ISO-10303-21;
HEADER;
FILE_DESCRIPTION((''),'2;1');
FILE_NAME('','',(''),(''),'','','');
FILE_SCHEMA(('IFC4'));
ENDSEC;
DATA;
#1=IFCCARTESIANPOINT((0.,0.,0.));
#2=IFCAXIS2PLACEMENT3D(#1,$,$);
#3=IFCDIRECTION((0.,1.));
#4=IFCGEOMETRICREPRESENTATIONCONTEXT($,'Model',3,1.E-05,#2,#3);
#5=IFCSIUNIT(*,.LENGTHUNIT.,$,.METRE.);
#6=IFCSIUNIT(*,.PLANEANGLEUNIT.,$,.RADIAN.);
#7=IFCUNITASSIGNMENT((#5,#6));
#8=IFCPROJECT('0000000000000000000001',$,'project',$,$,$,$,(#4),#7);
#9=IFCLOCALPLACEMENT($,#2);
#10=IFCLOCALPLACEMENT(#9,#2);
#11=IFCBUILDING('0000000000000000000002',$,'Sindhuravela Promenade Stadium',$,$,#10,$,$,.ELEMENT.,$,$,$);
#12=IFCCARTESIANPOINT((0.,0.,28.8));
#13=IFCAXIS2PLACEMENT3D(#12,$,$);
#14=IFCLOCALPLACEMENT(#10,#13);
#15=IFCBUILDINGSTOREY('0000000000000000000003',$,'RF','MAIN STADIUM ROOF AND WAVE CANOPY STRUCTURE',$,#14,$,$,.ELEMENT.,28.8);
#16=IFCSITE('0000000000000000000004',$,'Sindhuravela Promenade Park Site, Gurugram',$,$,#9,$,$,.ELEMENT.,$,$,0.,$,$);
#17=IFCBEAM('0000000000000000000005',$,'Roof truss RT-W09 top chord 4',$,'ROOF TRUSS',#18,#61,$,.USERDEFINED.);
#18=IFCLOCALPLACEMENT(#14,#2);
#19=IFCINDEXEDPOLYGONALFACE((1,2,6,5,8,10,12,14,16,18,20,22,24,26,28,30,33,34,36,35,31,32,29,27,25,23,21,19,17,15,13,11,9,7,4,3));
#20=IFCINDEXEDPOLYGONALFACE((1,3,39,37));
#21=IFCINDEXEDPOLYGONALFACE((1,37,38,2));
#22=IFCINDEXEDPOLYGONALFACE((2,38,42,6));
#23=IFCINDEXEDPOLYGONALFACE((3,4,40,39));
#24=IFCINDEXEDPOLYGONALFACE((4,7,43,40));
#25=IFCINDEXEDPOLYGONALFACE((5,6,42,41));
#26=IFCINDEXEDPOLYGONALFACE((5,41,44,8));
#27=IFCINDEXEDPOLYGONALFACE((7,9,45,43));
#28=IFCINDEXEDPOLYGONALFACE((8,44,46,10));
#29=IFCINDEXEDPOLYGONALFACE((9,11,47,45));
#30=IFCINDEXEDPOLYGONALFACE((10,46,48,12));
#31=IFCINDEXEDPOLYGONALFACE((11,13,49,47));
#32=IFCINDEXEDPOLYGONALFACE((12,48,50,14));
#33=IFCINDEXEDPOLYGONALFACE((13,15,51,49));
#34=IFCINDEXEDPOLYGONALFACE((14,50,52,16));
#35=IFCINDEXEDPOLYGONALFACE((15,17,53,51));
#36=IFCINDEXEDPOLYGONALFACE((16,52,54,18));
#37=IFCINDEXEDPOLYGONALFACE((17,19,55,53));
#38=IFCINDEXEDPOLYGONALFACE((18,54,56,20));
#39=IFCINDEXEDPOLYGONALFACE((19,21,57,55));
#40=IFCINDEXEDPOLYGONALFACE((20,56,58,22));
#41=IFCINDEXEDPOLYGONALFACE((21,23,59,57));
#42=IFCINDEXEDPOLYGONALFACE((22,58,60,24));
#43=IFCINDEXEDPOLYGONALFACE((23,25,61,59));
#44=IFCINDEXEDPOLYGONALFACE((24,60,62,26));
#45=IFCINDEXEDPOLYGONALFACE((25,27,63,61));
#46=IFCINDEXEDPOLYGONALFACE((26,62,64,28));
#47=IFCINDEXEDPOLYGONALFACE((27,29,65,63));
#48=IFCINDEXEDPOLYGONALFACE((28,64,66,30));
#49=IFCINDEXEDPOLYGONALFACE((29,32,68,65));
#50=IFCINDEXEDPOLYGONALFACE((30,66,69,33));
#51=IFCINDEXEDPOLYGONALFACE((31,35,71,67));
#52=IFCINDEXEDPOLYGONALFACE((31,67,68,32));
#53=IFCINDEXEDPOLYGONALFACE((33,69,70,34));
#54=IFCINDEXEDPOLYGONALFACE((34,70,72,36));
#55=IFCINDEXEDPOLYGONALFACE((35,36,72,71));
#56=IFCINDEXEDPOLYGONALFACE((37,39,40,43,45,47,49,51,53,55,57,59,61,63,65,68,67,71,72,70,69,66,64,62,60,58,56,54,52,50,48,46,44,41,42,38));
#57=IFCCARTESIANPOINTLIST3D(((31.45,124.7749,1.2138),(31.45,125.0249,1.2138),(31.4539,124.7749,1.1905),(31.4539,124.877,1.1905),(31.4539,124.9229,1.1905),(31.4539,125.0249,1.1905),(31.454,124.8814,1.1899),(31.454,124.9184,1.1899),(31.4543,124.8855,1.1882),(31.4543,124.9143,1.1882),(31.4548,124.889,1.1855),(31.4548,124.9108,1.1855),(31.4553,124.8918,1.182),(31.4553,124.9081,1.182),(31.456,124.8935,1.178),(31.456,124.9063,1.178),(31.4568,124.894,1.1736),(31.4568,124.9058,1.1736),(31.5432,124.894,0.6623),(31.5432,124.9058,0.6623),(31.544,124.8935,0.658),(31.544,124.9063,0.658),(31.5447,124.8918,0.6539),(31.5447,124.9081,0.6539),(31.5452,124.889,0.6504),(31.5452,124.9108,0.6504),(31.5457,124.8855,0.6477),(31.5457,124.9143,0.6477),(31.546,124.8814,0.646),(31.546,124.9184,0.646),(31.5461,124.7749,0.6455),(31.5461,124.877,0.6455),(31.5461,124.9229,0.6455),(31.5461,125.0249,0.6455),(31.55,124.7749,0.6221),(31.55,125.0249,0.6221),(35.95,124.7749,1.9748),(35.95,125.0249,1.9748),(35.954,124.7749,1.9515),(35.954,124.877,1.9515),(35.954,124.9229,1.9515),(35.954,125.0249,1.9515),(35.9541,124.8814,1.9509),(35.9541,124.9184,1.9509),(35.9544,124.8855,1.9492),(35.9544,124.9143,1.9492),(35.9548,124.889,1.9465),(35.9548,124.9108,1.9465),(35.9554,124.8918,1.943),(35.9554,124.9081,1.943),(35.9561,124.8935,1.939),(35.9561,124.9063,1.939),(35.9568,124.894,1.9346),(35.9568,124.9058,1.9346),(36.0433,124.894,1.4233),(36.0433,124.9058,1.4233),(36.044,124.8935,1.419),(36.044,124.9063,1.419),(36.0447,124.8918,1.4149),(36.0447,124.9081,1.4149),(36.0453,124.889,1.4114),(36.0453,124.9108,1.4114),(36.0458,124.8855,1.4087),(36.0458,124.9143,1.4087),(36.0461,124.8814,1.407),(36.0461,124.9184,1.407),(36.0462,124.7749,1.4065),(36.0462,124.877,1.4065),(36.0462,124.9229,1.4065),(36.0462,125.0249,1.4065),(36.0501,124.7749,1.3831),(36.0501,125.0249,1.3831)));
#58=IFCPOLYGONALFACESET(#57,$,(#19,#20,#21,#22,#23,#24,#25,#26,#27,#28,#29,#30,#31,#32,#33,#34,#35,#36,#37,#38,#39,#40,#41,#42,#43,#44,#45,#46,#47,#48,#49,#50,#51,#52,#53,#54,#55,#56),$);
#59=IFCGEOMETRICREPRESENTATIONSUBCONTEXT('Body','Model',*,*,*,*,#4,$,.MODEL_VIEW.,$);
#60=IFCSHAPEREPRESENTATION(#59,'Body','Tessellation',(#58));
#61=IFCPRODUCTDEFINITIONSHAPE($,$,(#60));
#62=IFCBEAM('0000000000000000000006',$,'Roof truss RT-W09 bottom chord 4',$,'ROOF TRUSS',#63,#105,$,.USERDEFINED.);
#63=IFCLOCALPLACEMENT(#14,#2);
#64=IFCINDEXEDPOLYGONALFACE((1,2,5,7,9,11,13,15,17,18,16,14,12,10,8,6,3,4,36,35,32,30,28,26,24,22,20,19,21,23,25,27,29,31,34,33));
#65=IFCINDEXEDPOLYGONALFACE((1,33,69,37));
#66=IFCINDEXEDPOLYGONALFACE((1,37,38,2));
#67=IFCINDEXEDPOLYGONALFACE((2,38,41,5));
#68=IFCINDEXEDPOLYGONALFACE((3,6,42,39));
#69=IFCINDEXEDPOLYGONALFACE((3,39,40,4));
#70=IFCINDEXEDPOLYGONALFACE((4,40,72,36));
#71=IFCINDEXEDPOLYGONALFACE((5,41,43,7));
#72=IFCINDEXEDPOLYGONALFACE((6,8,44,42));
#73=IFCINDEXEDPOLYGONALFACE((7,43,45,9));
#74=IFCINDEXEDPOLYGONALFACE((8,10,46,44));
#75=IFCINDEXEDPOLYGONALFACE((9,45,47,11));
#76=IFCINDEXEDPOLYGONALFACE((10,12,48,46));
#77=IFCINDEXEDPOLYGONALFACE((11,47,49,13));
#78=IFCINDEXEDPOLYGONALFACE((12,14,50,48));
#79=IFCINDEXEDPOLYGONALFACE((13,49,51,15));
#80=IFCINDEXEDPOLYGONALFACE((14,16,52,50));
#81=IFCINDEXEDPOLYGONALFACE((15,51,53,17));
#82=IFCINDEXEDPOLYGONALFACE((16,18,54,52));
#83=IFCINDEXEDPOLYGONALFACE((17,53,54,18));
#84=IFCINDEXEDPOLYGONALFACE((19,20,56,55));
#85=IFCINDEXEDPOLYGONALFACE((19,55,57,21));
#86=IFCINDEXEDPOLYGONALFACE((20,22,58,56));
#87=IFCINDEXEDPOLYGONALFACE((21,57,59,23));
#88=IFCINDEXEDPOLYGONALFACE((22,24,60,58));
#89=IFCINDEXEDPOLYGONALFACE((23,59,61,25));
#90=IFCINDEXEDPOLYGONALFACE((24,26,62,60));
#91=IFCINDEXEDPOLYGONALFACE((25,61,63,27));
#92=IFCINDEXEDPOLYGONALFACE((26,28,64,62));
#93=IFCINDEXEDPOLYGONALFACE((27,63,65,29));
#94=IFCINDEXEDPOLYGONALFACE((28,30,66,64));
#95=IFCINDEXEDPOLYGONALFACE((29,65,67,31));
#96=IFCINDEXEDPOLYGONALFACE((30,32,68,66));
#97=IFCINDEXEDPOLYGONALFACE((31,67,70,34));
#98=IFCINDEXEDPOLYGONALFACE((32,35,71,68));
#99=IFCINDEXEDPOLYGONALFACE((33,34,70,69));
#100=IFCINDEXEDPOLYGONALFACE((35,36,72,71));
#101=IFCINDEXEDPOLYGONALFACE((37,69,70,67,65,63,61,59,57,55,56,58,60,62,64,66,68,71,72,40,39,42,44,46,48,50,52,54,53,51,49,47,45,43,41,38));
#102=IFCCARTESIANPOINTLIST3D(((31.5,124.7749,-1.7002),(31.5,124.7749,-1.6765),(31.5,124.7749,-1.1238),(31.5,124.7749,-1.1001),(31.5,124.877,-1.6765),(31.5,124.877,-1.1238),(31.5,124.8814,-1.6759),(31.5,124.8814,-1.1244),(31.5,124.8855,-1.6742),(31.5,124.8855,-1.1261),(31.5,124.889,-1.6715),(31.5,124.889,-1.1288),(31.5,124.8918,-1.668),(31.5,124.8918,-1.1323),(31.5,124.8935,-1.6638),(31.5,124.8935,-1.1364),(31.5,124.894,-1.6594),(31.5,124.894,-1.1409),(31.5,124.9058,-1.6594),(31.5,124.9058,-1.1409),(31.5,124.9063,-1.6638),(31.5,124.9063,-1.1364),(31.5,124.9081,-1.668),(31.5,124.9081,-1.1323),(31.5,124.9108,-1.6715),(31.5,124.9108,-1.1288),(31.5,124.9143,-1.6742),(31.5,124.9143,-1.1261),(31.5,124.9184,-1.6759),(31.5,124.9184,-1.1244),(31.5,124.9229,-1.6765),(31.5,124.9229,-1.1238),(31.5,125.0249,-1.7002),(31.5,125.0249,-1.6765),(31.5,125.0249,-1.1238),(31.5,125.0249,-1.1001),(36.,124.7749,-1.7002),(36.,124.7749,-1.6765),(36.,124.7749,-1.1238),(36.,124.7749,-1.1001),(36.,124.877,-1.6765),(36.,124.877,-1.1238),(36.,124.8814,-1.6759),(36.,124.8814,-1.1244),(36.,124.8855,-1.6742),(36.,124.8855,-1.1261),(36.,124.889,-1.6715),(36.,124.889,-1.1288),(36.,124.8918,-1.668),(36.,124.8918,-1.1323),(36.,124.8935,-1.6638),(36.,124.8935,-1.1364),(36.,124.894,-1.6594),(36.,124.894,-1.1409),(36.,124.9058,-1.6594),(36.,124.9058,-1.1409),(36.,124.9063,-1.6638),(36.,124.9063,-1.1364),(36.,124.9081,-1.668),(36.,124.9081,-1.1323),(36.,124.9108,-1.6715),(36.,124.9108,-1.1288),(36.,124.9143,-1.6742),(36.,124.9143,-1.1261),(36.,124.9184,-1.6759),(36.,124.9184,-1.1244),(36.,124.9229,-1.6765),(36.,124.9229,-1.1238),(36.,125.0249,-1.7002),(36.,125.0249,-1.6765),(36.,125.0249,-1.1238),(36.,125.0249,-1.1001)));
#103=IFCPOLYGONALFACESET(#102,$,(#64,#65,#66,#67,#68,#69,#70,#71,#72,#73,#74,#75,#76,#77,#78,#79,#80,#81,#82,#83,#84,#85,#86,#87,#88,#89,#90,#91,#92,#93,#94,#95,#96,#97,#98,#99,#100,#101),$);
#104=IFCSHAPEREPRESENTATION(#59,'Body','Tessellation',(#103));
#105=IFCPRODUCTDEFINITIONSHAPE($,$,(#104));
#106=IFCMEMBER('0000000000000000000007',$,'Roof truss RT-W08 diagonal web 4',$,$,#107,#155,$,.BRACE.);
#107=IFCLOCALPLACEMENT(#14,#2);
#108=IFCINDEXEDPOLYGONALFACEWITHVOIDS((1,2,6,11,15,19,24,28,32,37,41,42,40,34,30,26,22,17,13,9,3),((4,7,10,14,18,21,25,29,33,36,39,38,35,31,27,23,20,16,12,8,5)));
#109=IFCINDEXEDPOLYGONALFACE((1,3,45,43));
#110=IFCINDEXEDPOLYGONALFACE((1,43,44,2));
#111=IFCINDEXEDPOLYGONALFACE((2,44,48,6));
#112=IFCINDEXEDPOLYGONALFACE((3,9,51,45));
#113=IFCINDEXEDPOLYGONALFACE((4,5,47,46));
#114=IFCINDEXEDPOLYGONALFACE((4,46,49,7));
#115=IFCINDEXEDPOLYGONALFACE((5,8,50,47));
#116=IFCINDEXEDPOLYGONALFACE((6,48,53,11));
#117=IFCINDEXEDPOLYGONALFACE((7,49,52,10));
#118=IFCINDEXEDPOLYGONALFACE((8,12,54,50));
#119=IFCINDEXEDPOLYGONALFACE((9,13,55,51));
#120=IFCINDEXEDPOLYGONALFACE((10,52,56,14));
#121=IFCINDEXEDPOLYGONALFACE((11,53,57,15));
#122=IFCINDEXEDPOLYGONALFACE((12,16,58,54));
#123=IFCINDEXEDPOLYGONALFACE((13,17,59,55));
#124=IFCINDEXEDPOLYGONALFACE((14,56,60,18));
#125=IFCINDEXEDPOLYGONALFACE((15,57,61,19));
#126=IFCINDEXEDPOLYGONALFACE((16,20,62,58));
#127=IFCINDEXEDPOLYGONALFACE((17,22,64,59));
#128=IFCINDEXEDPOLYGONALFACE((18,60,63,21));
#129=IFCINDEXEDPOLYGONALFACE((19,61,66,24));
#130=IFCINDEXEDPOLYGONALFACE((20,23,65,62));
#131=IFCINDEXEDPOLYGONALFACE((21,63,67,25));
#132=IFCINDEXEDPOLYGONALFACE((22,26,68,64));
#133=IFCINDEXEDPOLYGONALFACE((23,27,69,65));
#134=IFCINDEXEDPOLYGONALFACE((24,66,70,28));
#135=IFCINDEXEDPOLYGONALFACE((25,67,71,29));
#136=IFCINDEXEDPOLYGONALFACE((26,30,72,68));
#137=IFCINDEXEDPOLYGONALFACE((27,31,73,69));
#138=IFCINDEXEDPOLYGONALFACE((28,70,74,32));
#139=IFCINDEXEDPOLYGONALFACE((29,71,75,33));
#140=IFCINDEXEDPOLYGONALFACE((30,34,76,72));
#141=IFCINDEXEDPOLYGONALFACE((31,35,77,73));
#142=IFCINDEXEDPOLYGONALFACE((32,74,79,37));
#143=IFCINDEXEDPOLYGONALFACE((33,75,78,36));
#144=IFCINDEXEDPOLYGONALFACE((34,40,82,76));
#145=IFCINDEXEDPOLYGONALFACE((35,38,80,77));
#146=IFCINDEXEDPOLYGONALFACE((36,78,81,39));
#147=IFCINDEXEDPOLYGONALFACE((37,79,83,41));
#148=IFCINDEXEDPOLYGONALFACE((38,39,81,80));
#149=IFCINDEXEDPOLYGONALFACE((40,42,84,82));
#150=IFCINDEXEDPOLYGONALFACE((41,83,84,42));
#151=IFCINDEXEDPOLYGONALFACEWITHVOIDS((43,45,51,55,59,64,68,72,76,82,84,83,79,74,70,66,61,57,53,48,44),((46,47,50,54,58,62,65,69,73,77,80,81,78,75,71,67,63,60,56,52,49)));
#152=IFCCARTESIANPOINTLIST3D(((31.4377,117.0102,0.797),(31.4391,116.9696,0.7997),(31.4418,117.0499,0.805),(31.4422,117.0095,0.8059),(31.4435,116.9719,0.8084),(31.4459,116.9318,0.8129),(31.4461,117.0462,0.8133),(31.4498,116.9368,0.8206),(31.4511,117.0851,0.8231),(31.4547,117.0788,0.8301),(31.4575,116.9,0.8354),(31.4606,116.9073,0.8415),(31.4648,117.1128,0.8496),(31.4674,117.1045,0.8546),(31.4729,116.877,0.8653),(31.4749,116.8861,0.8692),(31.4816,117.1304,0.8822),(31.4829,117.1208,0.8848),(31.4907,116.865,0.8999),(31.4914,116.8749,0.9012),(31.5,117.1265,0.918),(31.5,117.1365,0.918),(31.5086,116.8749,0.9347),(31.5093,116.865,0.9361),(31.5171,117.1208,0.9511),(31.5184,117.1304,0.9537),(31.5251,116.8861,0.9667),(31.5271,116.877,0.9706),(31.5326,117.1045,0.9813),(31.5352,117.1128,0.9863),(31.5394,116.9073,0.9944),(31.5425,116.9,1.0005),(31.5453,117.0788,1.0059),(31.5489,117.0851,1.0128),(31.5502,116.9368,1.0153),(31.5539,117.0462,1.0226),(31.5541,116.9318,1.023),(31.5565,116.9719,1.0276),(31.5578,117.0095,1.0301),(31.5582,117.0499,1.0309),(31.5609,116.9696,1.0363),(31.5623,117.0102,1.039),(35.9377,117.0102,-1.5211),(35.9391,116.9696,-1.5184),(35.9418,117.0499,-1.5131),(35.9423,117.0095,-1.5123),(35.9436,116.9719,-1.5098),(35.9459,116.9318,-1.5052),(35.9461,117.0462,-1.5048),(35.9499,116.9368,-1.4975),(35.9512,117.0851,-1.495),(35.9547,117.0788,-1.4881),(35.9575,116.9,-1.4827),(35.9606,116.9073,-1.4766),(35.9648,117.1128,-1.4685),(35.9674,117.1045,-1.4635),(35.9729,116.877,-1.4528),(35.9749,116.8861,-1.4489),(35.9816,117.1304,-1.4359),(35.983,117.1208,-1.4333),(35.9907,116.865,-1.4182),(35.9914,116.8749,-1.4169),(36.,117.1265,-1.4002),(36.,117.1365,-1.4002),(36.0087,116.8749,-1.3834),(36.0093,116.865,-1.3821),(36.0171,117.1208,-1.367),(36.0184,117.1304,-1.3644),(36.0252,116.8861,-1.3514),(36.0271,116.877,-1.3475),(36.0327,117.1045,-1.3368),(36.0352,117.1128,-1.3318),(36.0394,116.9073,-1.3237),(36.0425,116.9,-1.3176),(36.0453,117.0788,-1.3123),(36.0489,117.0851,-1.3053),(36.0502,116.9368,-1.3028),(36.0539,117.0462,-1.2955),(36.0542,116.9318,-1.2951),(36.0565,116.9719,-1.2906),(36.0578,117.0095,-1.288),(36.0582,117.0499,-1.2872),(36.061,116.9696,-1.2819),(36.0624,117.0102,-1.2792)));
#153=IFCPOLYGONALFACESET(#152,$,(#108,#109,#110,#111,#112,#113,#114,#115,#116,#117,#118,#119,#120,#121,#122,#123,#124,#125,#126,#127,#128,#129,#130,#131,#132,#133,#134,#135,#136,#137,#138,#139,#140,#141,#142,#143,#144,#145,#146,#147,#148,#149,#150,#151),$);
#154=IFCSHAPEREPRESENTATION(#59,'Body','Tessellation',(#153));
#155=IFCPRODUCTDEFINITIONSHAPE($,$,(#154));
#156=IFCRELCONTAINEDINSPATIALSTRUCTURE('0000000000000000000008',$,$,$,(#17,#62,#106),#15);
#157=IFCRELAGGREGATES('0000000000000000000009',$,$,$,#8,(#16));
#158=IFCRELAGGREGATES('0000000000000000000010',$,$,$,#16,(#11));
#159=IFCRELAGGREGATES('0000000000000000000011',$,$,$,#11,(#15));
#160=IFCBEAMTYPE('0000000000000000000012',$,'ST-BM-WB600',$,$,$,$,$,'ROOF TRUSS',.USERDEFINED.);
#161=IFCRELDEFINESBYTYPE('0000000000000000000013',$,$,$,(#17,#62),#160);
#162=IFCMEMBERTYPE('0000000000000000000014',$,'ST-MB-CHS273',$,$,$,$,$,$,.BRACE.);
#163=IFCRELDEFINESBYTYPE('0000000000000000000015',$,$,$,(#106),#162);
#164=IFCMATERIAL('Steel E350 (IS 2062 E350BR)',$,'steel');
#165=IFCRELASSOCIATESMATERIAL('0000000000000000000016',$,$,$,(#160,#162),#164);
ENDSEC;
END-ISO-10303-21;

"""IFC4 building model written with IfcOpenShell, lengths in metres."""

from ifc_helpers import new_model, si_unit, direction, frame, origin, origin_2d, place, context, subcontext, project, spatial, hollow_circle, i_section, extrude, material, material_profile, profile_set, type_object, element, save


model = new_model("IFC4")

# Units and contexts
model_context = context("Model", 3, precision=1e-05, world=origin(), true_north=direction((0.0, 1.0)))
body_context = subcontext(model_context, "Body", "Model", "MODEL_VIEW")
ifc_project = project(units=[si_unit("LENGTHUNIT", "METRE"), si_unit("PLANEANGLEUNIT", "RADIAN")], contexts=[model_context])

# Site, building, storey
site_placement = place(None, origin())
site = spatial("IfcSite", under=ifc_project, at=site_placement, Name="Sindhuravela Promenade Park Site, Gurugram", CompositionType="ELEMENT", RefElevation=0.0)
building_placement = place(site_placement, origin())
building = spatial("IfcBuilding", under=site, at=building_placement, Name="Sindhuravela Promenade Stadium", CompositionType="ELEMENT")
storey_placement = place(building_placement, frame((0.0, 0.0, 28.8)))
storey = spatial("IfcBuildingStorey", under=building, at=storey_placement, Name="RF", Description="MAIN STADIUM ROOF AND WAVE CANOPY STRUCTURE", CompositionType="ELEMENT", Elevation=28.8)

# Beams
ifc_material_1 = material(Name="Steel E350 (IS 2062 E350BR)", Category="steel")
ifc_material_profile_1 = material_profile(ifc_material_1, i_section(OverallWidth=0.25, OverallDepth=0.6001, WebThickness=0.0117, FlangeThickness=0.0237, FilletRadius=0.0171, at=origin_2d()), Name="ISWB 600")
ifc_profile_set_1 = profile_set([ifc_material_profile_1], Name="Steel E350 (IS 2062 E350BR)")
beam_type = type_object("IfcBeamType", Name="ST-BM-WB600", ElementType="ROOF TRUSS", PredefinedType="USERDEFINED", material=ifc_profile_set_1)
beam_1_placement = place(storey_placement, frame((31.5, 124.8999, 0.918), z_axis=(0.986001, 0.0, 0.166741), x_axis=(0.0, 1.0, 0.0)))
element("IfcBeam", 1, at=beam_1_placement, inside=storey, type_object=beam_type, Name="Roof truss RT-W09 top chord 4", ObjectType="ROOF TRUSS", PredefinedType="USERDEFINED", context=body_context, shape_type="SweptSolid", body=[
    extrude(i_section(OverallWidth=0.25, OverallDepth=0.6001, WebThickness=0.0117, FlangeThickness=0.0237, FilletRadius=0.0171, at=origin_2d()), origin(), (0.0, 0.0, 1.0), 4.564),
])
beam_2_placement = place(storey_placement, frame((31.5, 124.8999, -1.4001), z_axis=(1.0, 0.0, 0.0), x_axis=(0.0, 1.0, 0.0)))
element("IfcBeam", 2, at=beam_2_placement, inside=storey, type_object=beam_type, Name="Roof truss RT-W09 bottom chord 4", ObjectType="ROOF TRUSS", PredefinedType="USERDEFINED", context=body_context, shape_type="SweptSolid", body=[
    extrude(i_section(OverallWidth=0.25, OverallDepth=0.6001, WebThickness=0.0117, FlangeThickness=0.0237, FilletRadius=0.0171, at=origin_2d()), origin(), (0.0, 0.0, 1.0), 4.5),
])

# Member
ifc_material_profile_2 = material_profile(ifc_material_1, hollow_circle(Radius=0.1365, WallThickness=0.01, at=origin_2d()), Name="CHS 273.0x10")
ifc_profile_set_2 = profile_set([ifc_material_profile_2], Name="Steel E350 (IS 2062 E350BR)")
member_type_1 = type_object("IfcMemberType", Name="ST-MB-CHS273", PredefinedType="BRACE", material=ifc_profile_set_2)
for number, where, z_axis, x_axis, name in (
    (3, (31.5, 117.0, 0.918), (0.88898, 0.0, -0.457946), (0.0, 1.0, 0.0), "Roof truss RT-W08 diagonal web 4"),
):
    element("IfcMember", number, at=place(storey_placement, frame(where, z_axis=z_axis, x_axis=x_axis)), inside=storey, type_object=member_type_1, Name=name, PredefinedType="BRACE", context=body_context, shape_type="SweptSolid", body=[
        extrude(hollow_circle(Radius=0.1365, WallThickness=0.01, at=origin_2d()), origin(), (0.0, 0.0, 1.0), 5.062),
    ])

save(model, "model.ifc")
